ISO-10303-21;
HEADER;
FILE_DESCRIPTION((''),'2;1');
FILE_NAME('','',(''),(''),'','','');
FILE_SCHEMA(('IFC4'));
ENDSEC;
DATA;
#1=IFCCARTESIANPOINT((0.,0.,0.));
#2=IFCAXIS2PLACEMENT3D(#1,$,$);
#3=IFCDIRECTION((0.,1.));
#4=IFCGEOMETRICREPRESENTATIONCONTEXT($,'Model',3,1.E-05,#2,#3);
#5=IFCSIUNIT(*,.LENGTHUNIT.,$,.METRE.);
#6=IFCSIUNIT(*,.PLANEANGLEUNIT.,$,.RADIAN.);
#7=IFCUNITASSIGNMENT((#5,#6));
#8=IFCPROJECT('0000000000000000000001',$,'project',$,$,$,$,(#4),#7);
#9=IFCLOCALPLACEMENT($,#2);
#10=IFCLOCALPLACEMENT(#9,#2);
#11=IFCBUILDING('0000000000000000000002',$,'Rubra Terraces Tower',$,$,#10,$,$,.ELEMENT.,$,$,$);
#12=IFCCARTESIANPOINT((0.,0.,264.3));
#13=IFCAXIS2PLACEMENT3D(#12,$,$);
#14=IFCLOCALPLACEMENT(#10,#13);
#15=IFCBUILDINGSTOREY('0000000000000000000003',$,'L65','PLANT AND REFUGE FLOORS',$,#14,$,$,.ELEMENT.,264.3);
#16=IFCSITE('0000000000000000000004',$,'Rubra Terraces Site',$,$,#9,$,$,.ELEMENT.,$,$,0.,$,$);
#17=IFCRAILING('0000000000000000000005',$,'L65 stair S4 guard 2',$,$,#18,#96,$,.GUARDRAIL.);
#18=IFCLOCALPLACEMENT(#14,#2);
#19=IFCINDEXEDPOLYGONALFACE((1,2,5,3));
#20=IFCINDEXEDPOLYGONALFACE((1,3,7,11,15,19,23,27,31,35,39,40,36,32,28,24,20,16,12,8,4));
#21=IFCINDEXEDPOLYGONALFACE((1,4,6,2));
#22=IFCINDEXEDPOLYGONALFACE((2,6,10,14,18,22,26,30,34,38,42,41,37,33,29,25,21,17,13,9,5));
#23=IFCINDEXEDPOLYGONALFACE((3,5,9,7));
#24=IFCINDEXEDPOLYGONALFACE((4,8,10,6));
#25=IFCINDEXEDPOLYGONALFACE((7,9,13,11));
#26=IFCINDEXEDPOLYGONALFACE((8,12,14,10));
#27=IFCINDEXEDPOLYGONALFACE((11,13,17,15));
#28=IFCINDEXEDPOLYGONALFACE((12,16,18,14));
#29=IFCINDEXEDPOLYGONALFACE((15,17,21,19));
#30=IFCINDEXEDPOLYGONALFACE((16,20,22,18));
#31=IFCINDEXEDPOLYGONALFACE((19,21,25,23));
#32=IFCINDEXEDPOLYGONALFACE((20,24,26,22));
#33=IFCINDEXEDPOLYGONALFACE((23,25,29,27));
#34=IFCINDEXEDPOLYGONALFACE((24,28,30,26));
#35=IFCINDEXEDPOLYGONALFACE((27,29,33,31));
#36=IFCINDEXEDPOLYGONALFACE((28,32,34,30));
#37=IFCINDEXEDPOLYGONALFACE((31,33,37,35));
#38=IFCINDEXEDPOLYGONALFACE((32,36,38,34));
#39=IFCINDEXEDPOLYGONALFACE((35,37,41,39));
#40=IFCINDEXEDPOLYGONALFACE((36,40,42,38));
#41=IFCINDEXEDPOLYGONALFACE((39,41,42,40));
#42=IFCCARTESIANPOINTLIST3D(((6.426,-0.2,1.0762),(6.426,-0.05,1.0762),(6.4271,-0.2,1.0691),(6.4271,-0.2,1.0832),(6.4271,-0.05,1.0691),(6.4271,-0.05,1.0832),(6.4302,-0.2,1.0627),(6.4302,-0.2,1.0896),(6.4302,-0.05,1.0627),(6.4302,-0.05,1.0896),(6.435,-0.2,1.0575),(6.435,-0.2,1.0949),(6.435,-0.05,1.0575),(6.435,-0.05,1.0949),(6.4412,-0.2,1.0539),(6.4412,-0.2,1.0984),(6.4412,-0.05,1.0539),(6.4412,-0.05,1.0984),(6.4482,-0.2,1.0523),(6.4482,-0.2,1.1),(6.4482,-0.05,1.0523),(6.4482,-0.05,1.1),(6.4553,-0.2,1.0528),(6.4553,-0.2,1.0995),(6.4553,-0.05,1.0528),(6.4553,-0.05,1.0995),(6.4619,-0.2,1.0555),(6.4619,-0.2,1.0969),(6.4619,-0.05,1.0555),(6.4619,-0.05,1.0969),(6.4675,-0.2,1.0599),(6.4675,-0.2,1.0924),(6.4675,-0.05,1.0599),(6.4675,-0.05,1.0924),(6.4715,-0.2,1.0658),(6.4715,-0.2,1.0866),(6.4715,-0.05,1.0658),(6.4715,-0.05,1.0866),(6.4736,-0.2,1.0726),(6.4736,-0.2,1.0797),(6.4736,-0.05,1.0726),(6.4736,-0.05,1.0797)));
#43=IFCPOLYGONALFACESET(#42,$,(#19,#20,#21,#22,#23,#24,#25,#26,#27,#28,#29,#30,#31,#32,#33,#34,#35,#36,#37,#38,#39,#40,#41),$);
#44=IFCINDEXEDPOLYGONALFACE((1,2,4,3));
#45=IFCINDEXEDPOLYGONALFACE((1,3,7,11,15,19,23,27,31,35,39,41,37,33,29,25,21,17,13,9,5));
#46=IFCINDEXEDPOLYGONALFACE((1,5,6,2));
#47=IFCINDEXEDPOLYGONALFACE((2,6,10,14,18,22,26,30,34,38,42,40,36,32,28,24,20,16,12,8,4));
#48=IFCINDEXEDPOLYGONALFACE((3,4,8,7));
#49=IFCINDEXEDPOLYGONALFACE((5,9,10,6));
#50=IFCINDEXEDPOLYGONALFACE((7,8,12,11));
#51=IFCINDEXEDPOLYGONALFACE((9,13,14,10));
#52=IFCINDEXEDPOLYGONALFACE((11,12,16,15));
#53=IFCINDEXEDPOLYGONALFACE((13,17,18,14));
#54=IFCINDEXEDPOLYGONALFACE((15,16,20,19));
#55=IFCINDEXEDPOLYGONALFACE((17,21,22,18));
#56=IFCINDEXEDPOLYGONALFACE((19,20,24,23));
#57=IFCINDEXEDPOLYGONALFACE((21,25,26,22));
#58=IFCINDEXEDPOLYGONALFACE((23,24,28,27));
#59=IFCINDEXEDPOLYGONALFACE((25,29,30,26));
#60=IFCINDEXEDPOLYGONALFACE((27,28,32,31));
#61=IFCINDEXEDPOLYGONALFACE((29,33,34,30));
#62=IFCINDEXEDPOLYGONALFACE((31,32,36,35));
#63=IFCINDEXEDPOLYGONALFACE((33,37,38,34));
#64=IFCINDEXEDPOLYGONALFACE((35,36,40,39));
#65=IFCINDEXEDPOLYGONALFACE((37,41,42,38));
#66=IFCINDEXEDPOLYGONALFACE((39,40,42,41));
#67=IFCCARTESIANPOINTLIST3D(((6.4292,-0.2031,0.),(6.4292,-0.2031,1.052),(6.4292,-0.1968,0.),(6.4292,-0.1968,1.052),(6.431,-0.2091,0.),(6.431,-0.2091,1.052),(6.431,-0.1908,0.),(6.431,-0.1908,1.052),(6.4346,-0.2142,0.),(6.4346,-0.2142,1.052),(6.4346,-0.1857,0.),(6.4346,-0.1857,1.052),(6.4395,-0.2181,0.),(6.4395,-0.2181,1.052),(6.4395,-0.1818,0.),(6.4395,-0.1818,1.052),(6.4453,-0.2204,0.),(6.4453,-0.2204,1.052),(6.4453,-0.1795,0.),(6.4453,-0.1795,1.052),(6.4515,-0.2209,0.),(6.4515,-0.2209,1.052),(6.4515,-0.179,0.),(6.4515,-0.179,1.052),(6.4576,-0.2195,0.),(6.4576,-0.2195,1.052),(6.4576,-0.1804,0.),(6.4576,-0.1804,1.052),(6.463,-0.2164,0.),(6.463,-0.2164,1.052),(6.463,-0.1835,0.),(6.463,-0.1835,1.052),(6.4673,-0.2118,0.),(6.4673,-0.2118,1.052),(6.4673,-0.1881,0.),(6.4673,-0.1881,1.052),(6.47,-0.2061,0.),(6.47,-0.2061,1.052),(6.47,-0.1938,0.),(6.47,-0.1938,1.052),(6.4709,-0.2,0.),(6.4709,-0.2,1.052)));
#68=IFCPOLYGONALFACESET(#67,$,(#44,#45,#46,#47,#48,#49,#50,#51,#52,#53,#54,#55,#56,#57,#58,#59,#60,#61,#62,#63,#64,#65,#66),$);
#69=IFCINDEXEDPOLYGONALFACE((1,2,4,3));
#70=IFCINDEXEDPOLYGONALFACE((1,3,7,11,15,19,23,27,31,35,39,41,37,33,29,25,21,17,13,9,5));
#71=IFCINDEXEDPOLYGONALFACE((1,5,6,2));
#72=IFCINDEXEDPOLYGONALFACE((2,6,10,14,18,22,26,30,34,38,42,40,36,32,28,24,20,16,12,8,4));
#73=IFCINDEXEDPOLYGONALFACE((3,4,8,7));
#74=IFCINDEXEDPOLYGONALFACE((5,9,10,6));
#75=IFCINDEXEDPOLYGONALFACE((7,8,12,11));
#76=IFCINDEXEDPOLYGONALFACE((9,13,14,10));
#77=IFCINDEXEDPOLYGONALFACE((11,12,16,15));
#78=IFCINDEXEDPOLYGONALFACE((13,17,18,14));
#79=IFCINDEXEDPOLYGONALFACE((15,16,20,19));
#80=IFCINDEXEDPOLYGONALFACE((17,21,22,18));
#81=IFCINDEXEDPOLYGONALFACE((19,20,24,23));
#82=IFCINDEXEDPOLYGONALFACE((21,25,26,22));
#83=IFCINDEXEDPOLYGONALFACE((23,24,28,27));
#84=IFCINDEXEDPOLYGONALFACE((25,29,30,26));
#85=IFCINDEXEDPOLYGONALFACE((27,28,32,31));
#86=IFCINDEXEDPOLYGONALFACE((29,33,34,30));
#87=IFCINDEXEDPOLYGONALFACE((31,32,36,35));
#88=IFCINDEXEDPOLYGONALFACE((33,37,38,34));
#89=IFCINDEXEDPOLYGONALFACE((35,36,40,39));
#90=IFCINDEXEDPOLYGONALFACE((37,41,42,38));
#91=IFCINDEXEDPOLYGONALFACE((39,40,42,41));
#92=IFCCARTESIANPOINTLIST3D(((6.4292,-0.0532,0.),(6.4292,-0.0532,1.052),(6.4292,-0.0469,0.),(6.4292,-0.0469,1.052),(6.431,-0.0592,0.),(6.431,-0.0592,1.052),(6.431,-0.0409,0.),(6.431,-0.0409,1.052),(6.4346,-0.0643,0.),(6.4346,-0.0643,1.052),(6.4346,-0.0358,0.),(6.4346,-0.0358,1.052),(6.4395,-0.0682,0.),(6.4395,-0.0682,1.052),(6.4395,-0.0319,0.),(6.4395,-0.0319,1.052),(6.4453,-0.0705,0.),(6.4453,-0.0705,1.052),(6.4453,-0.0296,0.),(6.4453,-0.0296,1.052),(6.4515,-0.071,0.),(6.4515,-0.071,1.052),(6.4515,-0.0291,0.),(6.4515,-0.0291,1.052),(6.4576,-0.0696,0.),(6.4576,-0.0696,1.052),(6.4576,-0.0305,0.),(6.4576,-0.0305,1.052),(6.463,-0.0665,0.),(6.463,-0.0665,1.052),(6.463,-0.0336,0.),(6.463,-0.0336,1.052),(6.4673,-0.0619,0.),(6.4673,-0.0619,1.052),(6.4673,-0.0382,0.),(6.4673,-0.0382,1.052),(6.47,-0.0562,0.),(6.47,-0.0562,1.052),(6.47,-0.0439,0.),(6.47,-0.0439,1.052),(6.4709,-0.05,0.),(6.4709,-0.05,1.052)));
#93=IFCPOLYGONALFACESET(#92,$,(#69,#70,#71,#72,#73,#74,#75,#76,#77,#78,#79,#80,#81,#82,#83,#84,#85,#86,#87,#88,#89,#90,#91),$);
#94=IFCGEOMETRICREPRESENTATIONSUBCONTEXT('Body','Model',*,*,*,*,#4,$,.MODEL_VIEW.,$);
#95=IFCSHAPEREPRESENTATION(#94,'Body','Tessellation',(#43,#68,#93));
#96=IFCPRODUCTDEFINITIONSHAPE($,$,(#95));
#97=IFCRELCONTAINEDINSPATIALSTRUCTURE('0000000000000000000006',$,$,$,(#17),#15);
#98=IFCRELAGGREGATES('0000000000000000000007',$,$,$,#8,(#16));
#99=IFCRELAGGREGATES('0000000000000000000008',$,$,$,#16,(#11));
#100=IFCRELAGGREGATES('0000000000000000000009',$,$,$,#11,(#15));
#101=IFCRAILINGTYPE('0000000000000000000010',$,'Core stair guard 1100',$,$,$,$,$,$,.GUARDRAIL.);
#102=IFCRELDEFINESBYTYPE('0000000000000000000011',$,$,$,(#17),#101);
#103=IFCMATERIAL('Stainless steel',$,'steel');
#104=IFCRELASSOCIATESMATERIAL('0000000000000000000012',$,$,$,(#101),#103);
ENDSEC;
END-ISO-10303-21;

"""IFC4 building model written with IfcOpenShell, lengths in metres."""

from ifc_helpers import new_model, si_unit, direction, frame, origin, origin_2d, place, context, subcontext, project, spatial, circle, extrude, material, type_object, element, save


model = new_model("IFC4")

# Units and contexts
model_context = context("Model", 3, precision=1e-05, world=origin(), true_north=direction((0.0, 1.0)))
body_context = subcontext(model_context, "Body", "Model", "MODEL_VIEW")
ifc_project = project(units=[si_unit("LENGTHUNIT", "METRE"), si_unit("PLANEANGLEUNIT", "RADIAN")], contexts=[model_context])

# Site, building, storey
site_placement = place(None, origin())
site = spatial("IfcSite", under=ifc_project, at=site_placement, Name="Rubra Terraces Site", CompositionType="ELEMENT", RefElevation=0.0)
building_placement = place(site_placement, origin())
building = spatial("IfcBuilding", under=site, at=building_placement, Name="Rubra Terraces Tower", CompositionType="ELEMENT")
storey_placement = place(building_placement, frame((0.0, 0.0, 264.3)))
storey = spatial("IfcBuildingStorey", under=building, at=storey_placement, Name="L65", Description="PLANT AND REFUGE FLOORS", CompositionType="ELEMENT", Elevation=264.3)

# Railing
ifc_material_1 = material(Name="Stainless steel", Category="steel")
railing_type_1 = type_object("IfcRailingType", Name="Core stair guard 1100", PredefinedType="GUARDRAIL", material=ifc_material_1)
railing_1_placement = place(storey_placement, frame((6.45, -0.2, 0.0)))
element("IfcRailing", 1, at=railing_1_placement, inside=storey, type_object=railing_type_1, Name="L65 stair S4 guard 2", PredefinedType="GUARDRAIL", context=body_context, shape_type="SweptSolid", body=[
    extrude(circle(Radius=0.0239, at=origin_2d()), frame((0.0, 0.0, 1.0762), z_axis=(0.0, 1.0, 0.0), x_axis=(-1.0, 0.0, 0.0)), (0.0, 0.0, 1.0), 0.1499),
    extrude(circle(Radius=0.021, at=origin_2d()), origin(), (0.0, 0.0, 1.0), 1.052),
    extrude(circle(Radius=0.021, at=origin_2d()), frame((0.0, 0.1499, 0.0)), (0.0, 0.0, 1.0), 1.052),
])

save(model, "model.ifc")
